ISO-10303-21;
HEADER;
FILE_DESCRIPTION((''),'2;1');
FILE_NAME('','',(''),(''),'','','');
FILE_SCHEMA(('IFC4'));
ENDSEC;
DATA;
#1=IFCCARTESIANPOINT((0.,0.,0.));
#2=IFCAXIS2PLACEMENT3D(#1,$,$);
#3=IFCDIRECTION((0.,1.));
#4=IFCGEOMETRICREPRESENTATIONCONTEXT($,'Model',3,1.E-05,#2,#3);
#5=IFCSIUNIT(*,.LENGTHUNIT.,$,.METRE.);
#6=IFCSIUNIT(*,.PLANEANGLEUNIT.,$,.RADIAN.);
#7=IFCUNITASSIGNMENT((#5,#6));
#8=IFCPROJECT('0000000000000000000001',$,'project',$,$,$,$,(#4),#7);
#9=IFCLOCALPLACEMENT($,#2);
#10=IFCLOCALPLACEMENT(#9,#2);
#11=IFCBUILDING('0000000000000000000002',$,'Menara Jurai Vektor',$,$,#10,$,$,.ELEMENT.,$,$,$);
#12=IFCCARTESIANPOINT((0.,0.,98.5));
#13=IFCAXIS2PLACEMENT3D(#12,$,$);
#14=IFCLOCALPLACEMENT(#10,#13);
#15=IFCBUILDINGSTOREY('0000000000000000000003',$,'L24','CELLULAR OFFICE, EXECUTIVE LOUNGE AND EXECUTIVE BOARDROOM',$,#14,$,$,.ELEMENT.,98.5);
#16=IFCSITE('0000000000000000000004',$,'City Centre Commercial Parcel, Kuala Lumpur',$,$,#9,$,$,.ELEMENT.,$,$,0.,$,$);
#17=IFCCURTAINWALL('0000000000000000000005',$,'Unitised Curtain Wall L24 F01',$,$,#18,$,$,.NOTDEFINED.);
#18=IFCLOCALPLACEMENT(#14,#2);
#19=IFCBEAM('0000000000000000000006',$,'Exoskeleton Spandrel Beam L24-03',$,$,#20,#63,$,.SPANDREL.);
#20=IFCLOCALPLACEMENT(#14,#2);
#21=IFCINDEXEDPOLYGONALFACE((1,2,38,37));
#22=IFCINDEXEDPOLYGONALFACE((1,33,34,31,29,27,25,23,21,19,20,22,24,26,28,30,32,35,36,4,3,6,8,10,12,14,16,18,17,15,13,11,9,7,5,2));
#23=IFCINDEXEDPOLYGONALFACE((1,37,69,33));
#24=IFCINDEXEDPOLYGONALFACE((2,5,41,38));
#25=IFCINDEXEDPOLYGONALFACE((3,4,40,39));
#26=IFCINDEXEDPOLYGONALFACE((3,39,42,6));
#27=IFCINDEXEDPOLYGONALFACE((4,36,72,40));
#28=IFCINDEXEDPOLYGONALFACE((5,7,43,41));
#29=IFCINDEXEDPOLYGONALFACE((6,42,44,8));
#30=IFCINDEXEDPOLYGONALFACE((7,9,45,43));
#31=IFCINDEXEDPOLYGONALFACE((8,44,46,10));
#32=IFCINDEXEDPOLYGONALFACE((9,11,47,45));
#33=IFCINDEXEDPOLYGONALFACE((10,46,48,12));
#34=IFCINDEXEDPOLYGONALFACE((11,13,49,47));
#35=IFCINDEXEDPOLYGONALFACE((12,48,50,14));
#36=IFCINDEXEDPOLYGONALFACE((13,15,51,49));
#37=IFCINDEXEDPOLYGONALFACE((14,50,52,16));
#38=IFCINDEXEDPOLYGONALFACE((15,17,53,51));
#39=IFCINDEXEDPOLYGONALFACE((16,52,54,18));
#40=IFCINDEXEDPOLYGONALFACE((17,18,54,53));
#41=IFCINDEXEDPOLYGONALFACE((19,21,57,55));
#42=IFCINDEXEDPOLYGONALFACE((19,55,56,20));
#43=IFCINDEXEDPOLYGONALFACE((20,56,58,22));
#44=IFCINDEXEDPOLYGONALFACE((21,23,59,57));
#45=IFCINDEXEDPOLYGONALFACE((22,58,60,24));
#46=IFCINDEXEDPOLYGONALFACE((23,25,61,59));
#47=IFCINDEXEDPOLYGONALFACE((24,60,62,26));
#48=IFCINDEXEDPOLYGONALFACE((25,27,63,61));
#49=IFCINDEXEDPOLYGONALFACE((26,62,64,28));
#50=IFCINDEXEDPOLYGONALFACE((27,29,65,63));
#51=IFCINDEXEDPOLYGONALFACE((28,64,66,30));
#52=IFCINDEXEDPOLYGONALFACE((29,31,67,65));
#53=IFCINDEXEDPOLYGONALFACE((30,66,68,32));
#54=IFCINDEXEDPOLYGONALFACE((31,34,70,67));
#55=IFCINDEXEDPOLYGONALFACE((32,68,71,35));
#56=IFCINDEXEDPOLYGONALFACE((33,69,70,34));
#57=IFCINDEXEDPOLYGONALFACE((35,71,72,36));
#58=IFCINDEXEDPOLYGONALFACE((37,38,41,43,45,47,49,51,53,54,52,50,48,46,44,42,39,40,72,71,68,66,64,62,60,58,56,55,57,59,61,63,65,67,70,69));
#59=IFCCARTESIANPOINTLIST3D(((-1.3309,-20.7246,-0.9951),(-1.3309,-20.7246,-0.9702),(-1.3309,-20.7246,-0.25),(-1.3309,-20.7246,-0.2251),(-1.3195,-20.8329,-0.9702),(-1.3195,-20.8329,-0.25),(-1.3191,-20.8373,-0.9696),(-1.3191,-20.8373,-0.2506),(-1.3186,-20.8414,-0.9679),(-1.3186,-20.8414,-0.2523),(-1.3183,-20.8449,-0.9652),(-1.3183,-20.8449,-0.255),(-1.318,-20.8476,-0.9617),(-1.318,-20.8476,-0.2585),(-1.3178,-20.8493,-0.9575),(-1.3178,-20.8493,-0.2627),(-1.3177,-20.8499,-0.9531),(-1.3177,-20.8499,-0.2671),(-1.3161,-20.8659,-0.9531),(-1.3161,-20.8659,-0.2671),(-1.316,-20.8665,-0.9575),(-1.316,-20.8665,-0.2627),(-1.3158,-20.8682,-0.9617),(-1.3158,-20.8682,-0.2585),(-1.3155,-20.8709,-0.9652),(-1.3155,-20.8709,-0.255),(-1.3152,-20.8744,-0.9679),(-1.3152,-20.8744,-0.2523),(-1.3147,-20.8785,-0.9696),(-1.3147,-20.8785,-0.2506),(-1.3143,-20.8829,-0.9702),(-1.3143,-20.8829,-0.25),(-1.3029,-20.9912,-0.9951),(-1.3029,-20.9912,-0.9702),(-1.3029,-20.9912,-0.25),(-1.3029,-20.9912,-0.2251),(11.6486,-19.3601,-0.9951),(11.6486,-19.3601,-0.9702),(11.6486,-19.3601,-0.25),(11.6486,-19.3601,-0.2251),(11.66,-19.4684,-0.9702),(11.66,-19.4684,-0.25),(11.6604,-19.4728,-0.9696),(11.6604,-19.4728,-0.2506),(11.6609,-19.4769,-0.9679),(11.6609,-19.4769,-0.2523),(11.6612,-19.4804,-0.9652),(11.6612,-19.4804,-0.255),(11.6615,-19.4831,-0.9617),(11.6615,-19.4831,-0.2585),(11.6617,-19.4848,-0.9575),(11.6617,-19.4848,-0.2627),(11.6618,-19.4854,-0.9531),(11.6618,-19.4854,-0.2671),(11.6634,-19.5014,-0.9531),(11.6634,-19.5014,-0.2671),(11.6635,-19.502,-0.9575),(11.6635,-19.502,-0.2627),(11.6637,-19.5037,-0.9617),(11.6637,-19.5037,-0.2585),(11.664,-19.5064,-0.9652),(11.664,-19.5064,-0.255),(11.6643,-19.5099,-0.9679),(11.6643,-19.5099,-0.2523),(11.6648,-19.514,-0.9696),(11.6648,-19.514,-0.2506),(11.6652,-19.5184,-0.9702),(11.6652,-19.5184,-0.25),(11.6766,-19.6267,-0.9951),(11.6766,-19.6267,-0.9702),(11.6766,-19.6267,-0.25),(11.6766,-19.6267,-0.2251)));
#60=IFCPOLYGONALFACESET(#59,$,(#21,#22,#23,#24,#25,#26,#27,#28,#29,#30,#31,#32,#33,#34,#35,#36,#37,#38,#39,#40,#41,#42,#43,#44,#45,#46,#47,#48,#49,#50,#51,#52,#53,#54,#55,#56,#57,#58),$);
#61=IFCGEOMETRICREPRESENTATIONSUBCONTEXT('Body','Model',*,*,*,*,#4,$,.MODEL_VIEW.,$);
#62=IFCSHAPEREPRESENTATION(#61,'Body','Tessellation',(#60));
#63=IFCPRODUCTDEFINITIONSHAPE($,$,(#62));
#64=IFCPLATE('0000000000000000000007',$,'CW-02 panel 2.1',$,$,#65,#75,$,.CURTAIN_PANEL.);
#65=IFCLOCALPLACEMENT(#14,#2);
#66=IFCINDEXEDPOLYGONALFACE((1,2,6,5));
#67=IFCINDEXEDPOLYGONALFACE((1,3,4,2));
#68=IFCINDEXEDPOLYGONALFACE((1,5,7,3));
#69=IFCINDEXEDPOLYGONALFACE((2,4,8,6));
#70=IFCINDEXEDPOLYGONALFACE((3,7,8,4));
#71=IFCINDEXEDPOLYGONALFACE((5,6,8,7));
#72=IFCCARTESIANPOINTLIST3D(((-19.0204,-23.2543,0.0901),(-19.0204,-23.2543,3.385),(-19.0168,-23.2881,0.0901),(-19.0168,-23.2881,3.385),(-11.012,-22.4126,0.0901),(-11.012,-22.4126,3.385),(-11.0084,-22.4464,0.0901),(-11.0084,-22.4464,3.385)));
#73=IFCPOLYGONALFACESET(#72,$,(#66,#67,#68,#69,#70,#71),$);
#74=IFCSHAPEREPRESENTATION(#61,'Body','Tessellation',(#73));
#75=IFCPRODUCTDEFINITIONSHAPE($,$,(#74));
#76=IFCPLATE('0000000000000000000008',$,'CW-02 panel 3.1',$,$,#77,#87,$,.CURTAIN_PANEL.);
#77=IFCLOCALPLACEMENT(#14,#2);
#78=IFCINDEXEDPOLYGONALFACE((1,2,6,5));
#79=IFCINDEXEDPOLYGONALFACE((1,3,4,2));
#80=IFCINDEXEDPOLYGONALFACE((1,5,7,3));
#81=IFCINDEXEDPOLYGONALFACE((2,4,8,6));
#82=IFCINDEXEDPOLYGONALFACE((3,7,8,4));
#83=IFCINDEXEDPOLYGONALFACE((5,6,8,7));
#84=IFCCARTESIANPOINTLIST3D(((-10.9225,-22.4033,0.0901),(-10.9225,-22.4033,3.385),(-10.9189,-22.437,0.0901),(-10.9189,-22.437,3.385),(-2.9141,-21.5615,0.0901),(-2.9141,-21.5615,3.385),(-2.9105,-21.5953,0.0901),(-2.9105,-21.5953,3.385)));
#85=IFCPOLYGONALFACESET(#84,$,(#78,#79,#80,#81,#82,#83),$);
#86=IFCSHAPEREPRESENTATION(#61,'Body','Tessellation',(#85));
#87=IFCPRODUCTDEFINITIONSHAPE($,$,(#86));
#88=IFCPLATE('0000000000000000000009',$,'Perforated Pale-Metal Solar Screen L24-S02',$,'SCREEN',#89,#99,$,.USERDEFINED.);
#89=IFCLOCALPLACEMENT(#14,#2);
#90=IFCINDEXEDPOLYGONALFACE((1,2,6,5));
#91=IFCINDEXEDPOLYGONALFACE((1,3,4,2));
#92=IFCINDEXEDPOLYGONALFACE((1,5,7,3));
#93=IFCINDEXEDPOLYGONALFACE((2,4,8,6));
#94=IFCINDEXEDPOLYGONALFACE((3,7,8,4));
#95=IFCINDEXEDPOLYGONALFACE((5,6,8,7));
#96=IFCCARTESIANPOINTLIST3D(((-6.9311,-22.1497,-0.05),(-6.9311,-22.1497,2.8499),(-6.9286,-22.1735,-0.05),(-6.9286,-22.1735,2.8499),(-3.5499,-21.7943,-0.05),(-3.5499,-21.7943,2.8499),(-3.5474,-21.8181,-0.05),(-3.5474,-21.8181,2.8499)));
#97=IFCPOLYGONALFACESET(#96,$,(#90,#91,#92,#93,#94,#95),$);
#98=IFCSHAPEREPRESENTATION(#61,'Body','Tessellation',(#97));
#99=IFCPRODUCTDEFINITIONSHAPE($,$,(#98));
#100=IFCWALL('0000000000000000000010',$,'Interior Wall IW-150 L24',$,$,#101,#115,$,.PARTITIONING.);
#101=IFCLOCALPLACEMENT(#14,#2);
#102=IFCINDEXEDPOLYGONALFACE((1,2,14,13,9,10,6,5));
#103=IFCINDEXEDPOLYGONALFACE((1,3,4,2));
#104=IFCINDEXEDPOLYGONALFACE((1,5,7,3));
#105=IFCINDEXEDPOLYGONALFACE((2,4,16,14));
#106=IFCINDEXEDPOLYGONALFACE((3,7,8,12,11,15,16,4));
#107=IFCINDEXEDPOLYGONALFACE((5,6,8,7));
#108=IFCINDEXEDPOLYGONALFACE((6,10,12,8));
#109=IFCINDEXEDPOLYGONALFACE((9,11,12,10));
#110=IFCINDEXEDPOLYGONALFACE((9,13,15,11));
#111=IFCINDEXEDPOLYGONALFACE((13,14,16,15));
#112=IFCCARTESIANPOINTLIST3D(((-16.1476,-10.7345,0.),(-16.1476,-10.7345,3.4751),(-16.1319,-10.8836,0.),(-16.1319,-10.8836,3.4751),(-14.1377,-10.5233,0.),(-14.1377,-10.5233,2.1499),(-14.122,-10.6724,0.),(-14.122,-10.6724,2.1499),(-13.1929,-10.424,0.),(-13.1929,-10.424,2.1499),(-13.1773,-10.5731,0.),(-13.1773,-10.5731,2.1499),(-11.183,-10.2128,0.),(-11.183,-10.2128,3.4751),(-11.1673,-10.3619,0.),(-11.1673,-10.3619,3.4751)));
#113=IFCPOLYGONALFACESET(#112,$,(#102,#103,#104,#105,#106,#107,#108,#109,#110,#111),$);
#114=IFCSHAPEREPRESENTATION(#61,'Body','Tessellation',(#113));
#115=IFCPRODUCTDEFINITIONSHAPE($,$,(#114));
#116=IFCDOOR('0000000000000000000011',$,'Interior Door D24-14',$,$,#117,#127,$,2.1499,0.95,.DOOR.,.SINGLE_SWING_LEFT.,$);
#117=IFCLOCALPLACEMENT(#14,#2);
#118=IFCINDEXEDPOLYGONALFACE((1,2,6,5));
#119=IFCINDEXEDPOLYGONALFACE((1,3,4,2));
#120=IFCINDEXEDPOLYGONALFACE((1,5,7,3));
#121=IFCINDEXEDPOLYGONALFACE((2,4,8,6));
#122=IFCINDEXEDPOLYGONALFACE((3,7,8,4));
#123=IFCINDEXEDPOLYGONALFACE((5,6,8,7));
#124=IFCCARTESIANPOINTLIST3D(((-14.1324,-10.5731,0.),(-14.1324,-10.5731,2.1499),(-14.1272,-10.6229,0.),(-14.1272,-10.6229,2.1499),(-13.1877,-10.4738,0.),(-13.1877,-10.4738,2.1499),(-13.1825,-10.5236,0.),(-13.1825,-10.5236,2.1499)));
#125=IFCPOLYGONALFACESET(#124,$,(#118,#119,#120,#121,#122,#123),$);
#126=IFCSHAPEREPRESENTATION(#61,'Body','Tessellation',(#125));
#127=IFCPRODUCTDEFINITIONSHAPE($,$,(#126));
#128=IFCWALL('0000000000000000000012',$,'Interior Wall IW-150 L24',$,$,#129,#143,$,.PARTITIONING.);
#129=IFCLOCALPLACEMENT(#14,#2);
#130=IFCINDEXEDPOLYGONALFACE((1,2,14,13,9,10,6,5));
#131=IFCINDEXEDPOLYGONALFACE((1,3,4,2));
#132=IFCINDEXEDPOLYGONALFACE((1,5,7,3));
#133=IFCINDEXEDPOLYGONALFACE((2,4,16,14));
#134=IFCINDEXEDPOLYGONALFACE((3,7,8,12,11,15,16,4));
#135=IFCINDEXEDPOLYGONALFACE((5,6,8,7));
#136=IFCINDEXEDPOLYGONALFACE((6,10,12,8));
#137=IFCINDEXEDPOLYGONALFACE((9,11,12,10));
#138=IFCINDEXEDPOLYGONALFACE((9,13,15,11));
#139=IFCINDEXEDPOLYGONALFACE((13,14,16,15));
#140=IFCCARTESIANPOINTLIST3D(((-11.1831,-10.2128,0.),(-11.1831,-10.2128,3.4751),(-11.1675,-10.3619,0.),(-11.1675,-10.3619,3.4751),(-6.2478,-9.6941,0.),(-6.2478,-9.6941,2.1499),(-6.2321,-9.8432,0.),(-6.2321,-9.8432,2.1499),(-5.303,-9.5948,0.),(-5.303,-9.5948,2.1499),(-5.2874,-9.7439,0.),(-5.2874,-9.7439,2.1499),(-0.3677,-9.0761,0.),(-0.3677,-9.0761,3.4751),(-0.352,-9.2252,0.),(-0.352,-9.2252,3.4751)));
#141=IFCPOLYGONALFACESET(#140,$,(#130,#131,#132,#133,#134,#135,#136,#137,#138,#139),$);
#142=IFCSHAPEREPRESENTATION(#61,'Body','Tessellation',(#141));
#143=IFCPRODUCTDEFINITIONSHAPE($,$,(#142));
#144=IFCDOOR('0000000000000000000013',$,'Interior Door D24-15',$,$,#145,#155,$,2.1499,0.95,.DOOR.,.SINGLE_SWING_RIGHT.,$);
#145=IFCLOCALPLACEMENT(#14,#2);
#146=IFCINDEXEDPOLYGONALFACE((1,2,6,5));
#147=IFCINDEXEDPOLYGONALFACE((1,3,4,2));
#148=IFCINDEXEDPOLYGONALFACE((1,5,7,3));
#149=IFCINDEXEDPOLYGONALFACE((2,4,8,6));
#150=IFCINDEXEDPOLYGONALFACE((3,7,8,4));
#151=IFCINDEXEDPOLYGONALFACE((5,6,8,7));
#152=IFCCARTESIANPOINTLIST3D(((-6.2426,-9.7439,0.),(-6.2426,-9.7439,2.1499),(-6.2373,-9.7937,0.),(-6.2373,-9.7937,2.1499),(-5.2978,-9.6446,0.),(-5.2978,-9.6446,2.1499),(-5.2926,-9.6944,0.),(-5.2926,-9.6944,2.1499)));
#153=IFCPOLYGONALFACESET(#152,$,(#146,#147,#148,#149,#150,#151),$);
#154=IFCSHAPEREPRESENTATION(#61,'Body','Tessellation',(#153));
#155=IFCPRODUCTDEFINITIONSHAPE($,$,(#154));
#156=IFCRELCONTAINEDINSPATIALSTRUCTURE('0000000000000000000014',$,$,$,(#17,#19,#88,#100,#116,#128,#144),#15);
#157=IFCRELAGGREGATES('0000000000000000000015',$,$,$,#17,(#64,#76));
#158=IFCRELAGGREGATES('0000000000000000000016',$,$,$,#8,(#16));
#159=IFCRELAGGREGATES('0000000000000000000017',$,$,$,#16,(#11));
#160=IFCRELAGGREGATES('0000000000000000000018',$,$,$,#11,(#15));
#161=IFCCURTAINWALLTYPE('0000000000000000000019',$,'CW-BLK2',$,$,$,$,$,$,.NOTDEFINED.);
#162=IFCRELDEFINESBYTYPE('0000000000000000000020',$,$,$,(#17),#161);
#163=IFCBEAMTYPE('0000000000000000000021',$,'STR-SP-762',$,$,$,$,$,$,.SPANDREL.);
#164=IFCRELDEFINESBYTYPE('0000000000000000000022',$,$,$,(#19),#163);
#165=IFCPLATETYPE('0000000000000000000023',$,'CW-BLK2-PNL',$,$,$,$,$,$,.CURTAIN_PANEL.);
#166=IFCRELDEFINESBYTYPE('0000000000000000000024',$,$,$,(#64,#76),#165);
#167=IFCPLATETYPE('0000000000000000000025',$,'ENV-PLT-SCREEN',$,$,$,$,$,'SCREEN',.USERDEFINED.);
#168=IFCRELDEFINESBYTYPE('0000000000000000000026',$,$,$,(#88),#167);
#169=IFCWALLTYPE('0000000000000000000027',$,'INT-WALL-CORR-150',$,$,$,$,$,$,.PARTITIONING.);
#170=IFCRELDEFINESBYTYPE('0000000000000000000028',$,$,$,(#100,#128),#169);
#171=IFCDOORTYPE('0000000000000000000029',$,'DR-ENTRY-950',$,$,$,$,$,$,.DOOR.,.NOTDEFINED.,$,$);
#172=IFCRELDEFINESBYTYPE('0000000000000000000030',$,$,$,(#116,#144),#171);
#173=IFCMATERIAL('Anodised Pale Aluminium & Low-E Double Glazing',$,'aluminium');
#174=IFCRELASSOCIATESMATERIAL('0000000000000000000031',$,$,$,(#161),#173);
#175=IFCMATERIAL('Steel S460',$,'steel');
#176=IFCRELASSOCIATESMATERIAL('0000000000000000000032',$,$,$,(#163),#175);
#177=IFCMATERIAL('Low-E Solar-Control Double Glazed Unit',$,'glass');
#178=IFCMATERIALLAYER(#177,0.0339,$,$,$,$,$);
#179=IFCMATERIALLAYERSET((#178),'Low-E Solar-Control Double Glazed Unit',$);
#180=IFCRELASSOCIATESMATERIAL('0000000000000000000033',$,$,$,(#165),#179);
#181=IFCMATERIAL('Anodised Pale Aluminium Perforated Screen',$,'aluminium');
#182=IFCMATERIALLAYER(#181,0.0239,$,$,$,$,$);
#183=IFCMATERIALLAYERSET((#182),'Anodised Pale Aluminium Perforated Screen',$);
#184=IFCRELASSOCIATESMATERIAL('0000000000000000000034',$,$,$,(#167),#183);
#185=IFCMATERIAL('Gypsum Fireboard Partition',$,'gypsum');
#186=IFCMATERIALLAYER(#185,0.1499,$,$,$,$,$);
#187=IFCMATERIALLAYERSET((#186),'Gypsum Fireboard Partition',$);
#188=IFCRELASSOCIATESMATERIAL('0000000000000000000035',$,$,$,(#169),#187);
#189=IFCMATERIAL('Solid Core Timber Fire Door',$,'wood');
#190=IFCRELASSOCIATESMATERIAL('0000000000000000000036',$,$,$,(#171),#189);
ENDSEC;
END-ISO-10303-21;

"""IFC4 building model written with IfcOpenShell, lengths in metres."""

from ifc_helpers import new_model, si_unit, direction, frame, frame_2d, origin, origin_2d, place, context, subcontext, project, spatial, rectangle, i_section, extrude, material, layer, layer_set, material_profile, profile_set, type_object, element, fill, aggregate, save


model = new_model("IFC4")

# Units and contexts
model_context = context("Model", 3, precision=1e-05, world=origin(), true_north=direction((0.0, 1.0)))
body_context = subcontext(model_context, "Body", "Model", "MODEL_VIEW")
ifc_project = project(units=[si_unit("LENGTHUNIT", "METRE"), si_unit("PLANEANGLEUNIT", "RADIAN")], contexts=[model_context])

# Site, building, storey
site_placement = place(None, origin())
site = spatial("IfcSite", under=ifc_project, at=site_placement, Name="City Centre Commercial Parcel, Kuala Lumpur", CompositionType="ELEMENT", RefElevation=0.0)
building_placement = place(site_placement, origin())
building = spatial("IfcBuilding", under=site, at=building_placement, Name="Menara Jurai Vektor", CompositionType="ELEMENT")
storey_placement = place(building_placement, frame((0.0, 0.0, 98.5)))
storey = spatial("IfcBuildingStorey", under=building, at=storey_placement, Name="L24", Description="CELLULAR OFFICE, EXECUTIVE LOUNGE AND EXECUTIVE BOARDROOM", CompositionType="ELEMENT", Elevation=98.5)

# Shared definitions
ifc_material_1 = material(Name="Steel S460", Category="steel")

# Curtain wall
ifc_material_2 = material(Name="Anodised Pale Aluminium & Low-E Double Glazing", Category="aluminium")
curtain_wall_type = type_object("IfcCurtainWallType", Name="CW-BLK2", PredefinedType="NOTDEFINED", material=ifc_material_2)
curtain_wall_placement = place(storey_placement, origin())
curtain_wall = element("IfcCurtainWall", 1, at=curtain_wall_placement, inside=storey, type_object=curtain_wall_type, Name="Unitised Curtain Wall L24 F01", PredefinedType="NOTDEFINED")

# Beam
ifc_material_profile_1 = material_profile(ifc_material_1, i_section(OverallWidth=0.2681, OverallDepth=0.77, WebThickness=0.0161, FlangeThickness=0.0249, FilletRadius=0.0171, at=origin_2d()), Name="UKB 762x267x197")
ifc_profile_set_1 = profile_set([ifc_material_profile_1], Name="Steel S460")
beam_type_1 = type_object("IfcBeamType", Name="STR-SP-762", PredefinedType="SPANDREL", material=ifc_profile_set_1)
beam_1_placement = place(storey_placement, frame((-1.3169, -20.8579, -0.6101), z_axis=(0.994519, 0.104551, 0.0), x_axis=(-0.104551, 0.994519, 0.0)))
element("IfcBeam", 2, at=beam_1_placement, inside=storey, type_object=beam_type_1, Name="Exoskeleton Spandrel Beam L24-03", PredefinedType="SPANDREL", context=body_context, shape_type="SweptSolid", body=[
    extrude(i_section(OverallWidth=0.2681, OverallDepth=0.77, WebThickness=0.0161, FlangeThickness=0.0249, FilletRadius=0.0171, at=origin_2d()), origin(), (0.0, 0.0, 1.0), 13.051),
])

# Plates
ifc_material_3 = material(Name="Low-E Solar-Control Double Glazed Unit", Category="glass")
ifc_layer_1 = layer(ifc_material_3, 0.0339)
ifc_layer_set_1 = layer_set([ifc_layer_1], Name="Low-E Solar-Control Double Glazed Unit")
plate_type_1 = type_object("IfcPlateType", Name="CW-BLK2-PNL", PredefinedType="CURTAIN_PANEL", material=ifc_layer_set_1)
plate_1_placement = place(storey_placement, frame((-15.0144, -22.8503, 0.0901), z_axis=(0.0, 0.0, 1.0), x_axis=(0.994522, 0.104529, 0.0)))
plate_1 = element("IfcPlate", 3, at=plate_1_placement, type_object=plate_type_1, Name="CW-02 panel 2.1", PredefinedType="CURTAIN_PANEL", context=body_context, shape_type="SweptSolid", body=[
    extrude(rectangle(XDim=8.0525, YDim=0.0339, at=origin_2d()), origin(), (0.0, 0.0, 1.0), 3.2949),
])
plate_2_placement = place(storey_placement, frame((-6.9165, -21.9993, 0.0901), z_axis=(0.0, 0.0, 1.0), x_axis=(0.994522, 0.104529, 0.0)))
plate_2 = element("IfcPlate", 4, at=plate_2_placement, type_object=plate_type_1, Name="CW-02 panel 3.1", PredefinedType="CURTAIN_PANEL", context=body_context, shape_type="SweptSolid", body=[
    extrude(rectangle(XDim=8.0525, YDim=0.0339, at=origin_2d()), origin(), (0.0, 0.0, 1.0), 3.2949),
])
aggregate(curtain_wall, [plate_1, plate_2])
ifc_material_4 = material(Name="Anodised Pale Aluminium Perforated Screen", Category="aluminium")
ifc_layer_2 = layer(ifc_material_4, 0.0239)
ifc_layer_set_2 = layer_set([ifc_layer_2], Name="Anodised Pale Aluminium Perforated Screen")
plate_type_2 = type_object("IfcPlateType", Name="ENV-PLT-SCREEN", ElementType="SCREEN", PredefinedType="USERDEFINED", material=ifc_layer_set_2)
plate_3_placement = place(storey_placement, frame((-5.2393, -21.9839, -0.05), z_axis=(0.0, 0.0, 1.0), x_axis=(0.994522, 0.104528, 0.0)))
element("IfcPlate", 5, at=plate_3_placement, inside=storey, type_object=plate_type_2, Name="Perforated Pale-Metal Solar Screen L24-S02", ObjectType="SCREEN", PredefinedType="USERDEFINED", context=body_context, shape_type="SweptSolid", body=[
    extrude(rectangle(XDim=3.3999, YDim=0.0239, at=origin_2d()), origin(), (0.0, 0.0, 1.0), 2.8999),
])

# Walls, openings, doors
ifc_material_5 = material(Name="Gypsum Fireboard Partition", Category="gypsum")
ifc_layer_3 = layer(ifc_material_5, 0.1499)
ifc_layer_set_3 = layer_set([ifc_layer_3], Name="Gypsum Fireboard Partition")
wall_type_1 = type_object("IfcWallType", Name="INT-WALL-CORR-150", PredefinedType="PARTITIONING", material=ifc_layer_set_3)
wall_1_placement = place(storey_placement, frame((-16.1399, -10.8091, 0.0), z_axis=(0.0, 0.0, 1.0), x_axis=(0.994523, 0.104514, 0.0)))
wall_1 = element("IfcWall", 6, at=wall_1_placement, inside=storey, type_object=wall_type_1, Name="Interior Wall IW-150 L24", PredefinedType="PARTITIONING", context=body_context, shape_type="SweptSolid", body=[
    extrude(rectangle(XDim=4.9919, YDim=0.1499, at=frame_2d((2.4961, 0.0))), origin(), (0.0, 0.0, 1.0), 3.4751),
])
opening_1_placement = place(wall_1_placement, frame((2.021, 0.0, 0.0)))
opening_1 = element("IfcOpeningElement", 7, at=opening_1_placement, cuts=wall_1, PredefinedType="OPENING", context=body_context, shape_type="SweptSolid", body=[
    extrude(rectangle(XDim=0.95, YDim=2.1499, at=frame_2d((0.4751, 1.075))), frame((0.0, 0.085, 0.0), z_axis=(0.0, -1.0, 0.0), x_axis=(1.0, 0.0, 0.0)), (0.0, 0.0, 1.0), 0.1699),
])
ifc_material_6 = material(Name="Solid Core Timber Fire Door", Category="wood")
door_type = type_object("IfcDoorType", Name="DR-ENTRY-950", OperationType="NOTDEFINED", PredefinedType="DOOR", material=ifc_material_6)
door_1_placement = place(opening_1_placement, origin())
door_1 = element("IfcDoor", 8, at=door_1_placement, inside=storey, type_object=door_type, Name="Interior Door D24-14", OperationType="SINGLE_SWING_LEFT", OverallHeight=2.1499, OverallWidth=0.95, PredefinedType="DOOR", context=body_context, shape_type="SweptSolid", body=[
    extrude(rectangle(XDim=0.95, YDim=2.1499, at=frame_2d((0.4751, 1.075))), frame((0.0, 0.0249, 0.0), z_axis=(0.0, -1.0, 0.0), x_axis=(1.0, 0.0, 0.0)), (0.0, 0.0, 1.0), 0.05),
])
fill(opening_1, door_1)
wall_2_placement = place(storey_placement, frame((-11.1753, -10.2874, 0.0), z_axis=(0.0, 0.0, 1.0), x_axis=(0.994522, 0.104526, 0.0)))
wall_2 = element("IfcWall", 9, at=wall_2_placement, inside=storey, type_object=wall_type_1, Name="Interior Wall IW-150 L24", PredefinedType="PARTITIONING", context=body_context, shape_type="SweptSolid", body=[
    extrude(rectangle(XDim=10.875, YDim=0.1499, at=frame_2d((5.4375, 0.0))), origin(), (0.0, 0.0, 1.0), 3.4751),
])
opening_2_placement = place(wall_2_placement, frame((4.9624, 0.0, 0.0)))
opening_2 = element("IfcOpeningElement", 10, at=opening_2_placement, cuts=wall_2, PredefinedType="OPENING", context=body_context, shape_type="SweptSolid", body=[
    extrude(rectangle(XDim=0.95, YDim=2.1499, at=frame_2d((0.4751, 1.075))), frame((0.0, 0.085, 0.0), z_axis=(0.0, -1.0, 0.0), x_axis=(1.0, 0.0, 0.0)), (0.0, 0.0, 1.0), 0.1699),
])
door_2_placement = place(opening_2_placement, origin())
door_2 = element("IfcDoor", 11, at=door_2_placement, inside=storey, type_object=door_type, Name="Interior Door D24-15", OperationType="SINGLE_SWING_RIGHT", OverallHeight=2.1499, OverallWidth=0.95, PredefinedType="DOOR", context=body_context, shape_type="SweptSolid", body=[
    extrude(rectangle(XDim=0.95, YDim=2.1499, at=frame_2d((0.4751, 1.075))), frame((0.0, 0.0249, 0.0), z_axis=(0.0, -1.0, 0.0), x_axis=(1.0, 0.0, 0.0)), (0.0, 0.0, 1.0), 0.05),
])
fill(opening_2, door_2)

save(model, "model.ifc")
